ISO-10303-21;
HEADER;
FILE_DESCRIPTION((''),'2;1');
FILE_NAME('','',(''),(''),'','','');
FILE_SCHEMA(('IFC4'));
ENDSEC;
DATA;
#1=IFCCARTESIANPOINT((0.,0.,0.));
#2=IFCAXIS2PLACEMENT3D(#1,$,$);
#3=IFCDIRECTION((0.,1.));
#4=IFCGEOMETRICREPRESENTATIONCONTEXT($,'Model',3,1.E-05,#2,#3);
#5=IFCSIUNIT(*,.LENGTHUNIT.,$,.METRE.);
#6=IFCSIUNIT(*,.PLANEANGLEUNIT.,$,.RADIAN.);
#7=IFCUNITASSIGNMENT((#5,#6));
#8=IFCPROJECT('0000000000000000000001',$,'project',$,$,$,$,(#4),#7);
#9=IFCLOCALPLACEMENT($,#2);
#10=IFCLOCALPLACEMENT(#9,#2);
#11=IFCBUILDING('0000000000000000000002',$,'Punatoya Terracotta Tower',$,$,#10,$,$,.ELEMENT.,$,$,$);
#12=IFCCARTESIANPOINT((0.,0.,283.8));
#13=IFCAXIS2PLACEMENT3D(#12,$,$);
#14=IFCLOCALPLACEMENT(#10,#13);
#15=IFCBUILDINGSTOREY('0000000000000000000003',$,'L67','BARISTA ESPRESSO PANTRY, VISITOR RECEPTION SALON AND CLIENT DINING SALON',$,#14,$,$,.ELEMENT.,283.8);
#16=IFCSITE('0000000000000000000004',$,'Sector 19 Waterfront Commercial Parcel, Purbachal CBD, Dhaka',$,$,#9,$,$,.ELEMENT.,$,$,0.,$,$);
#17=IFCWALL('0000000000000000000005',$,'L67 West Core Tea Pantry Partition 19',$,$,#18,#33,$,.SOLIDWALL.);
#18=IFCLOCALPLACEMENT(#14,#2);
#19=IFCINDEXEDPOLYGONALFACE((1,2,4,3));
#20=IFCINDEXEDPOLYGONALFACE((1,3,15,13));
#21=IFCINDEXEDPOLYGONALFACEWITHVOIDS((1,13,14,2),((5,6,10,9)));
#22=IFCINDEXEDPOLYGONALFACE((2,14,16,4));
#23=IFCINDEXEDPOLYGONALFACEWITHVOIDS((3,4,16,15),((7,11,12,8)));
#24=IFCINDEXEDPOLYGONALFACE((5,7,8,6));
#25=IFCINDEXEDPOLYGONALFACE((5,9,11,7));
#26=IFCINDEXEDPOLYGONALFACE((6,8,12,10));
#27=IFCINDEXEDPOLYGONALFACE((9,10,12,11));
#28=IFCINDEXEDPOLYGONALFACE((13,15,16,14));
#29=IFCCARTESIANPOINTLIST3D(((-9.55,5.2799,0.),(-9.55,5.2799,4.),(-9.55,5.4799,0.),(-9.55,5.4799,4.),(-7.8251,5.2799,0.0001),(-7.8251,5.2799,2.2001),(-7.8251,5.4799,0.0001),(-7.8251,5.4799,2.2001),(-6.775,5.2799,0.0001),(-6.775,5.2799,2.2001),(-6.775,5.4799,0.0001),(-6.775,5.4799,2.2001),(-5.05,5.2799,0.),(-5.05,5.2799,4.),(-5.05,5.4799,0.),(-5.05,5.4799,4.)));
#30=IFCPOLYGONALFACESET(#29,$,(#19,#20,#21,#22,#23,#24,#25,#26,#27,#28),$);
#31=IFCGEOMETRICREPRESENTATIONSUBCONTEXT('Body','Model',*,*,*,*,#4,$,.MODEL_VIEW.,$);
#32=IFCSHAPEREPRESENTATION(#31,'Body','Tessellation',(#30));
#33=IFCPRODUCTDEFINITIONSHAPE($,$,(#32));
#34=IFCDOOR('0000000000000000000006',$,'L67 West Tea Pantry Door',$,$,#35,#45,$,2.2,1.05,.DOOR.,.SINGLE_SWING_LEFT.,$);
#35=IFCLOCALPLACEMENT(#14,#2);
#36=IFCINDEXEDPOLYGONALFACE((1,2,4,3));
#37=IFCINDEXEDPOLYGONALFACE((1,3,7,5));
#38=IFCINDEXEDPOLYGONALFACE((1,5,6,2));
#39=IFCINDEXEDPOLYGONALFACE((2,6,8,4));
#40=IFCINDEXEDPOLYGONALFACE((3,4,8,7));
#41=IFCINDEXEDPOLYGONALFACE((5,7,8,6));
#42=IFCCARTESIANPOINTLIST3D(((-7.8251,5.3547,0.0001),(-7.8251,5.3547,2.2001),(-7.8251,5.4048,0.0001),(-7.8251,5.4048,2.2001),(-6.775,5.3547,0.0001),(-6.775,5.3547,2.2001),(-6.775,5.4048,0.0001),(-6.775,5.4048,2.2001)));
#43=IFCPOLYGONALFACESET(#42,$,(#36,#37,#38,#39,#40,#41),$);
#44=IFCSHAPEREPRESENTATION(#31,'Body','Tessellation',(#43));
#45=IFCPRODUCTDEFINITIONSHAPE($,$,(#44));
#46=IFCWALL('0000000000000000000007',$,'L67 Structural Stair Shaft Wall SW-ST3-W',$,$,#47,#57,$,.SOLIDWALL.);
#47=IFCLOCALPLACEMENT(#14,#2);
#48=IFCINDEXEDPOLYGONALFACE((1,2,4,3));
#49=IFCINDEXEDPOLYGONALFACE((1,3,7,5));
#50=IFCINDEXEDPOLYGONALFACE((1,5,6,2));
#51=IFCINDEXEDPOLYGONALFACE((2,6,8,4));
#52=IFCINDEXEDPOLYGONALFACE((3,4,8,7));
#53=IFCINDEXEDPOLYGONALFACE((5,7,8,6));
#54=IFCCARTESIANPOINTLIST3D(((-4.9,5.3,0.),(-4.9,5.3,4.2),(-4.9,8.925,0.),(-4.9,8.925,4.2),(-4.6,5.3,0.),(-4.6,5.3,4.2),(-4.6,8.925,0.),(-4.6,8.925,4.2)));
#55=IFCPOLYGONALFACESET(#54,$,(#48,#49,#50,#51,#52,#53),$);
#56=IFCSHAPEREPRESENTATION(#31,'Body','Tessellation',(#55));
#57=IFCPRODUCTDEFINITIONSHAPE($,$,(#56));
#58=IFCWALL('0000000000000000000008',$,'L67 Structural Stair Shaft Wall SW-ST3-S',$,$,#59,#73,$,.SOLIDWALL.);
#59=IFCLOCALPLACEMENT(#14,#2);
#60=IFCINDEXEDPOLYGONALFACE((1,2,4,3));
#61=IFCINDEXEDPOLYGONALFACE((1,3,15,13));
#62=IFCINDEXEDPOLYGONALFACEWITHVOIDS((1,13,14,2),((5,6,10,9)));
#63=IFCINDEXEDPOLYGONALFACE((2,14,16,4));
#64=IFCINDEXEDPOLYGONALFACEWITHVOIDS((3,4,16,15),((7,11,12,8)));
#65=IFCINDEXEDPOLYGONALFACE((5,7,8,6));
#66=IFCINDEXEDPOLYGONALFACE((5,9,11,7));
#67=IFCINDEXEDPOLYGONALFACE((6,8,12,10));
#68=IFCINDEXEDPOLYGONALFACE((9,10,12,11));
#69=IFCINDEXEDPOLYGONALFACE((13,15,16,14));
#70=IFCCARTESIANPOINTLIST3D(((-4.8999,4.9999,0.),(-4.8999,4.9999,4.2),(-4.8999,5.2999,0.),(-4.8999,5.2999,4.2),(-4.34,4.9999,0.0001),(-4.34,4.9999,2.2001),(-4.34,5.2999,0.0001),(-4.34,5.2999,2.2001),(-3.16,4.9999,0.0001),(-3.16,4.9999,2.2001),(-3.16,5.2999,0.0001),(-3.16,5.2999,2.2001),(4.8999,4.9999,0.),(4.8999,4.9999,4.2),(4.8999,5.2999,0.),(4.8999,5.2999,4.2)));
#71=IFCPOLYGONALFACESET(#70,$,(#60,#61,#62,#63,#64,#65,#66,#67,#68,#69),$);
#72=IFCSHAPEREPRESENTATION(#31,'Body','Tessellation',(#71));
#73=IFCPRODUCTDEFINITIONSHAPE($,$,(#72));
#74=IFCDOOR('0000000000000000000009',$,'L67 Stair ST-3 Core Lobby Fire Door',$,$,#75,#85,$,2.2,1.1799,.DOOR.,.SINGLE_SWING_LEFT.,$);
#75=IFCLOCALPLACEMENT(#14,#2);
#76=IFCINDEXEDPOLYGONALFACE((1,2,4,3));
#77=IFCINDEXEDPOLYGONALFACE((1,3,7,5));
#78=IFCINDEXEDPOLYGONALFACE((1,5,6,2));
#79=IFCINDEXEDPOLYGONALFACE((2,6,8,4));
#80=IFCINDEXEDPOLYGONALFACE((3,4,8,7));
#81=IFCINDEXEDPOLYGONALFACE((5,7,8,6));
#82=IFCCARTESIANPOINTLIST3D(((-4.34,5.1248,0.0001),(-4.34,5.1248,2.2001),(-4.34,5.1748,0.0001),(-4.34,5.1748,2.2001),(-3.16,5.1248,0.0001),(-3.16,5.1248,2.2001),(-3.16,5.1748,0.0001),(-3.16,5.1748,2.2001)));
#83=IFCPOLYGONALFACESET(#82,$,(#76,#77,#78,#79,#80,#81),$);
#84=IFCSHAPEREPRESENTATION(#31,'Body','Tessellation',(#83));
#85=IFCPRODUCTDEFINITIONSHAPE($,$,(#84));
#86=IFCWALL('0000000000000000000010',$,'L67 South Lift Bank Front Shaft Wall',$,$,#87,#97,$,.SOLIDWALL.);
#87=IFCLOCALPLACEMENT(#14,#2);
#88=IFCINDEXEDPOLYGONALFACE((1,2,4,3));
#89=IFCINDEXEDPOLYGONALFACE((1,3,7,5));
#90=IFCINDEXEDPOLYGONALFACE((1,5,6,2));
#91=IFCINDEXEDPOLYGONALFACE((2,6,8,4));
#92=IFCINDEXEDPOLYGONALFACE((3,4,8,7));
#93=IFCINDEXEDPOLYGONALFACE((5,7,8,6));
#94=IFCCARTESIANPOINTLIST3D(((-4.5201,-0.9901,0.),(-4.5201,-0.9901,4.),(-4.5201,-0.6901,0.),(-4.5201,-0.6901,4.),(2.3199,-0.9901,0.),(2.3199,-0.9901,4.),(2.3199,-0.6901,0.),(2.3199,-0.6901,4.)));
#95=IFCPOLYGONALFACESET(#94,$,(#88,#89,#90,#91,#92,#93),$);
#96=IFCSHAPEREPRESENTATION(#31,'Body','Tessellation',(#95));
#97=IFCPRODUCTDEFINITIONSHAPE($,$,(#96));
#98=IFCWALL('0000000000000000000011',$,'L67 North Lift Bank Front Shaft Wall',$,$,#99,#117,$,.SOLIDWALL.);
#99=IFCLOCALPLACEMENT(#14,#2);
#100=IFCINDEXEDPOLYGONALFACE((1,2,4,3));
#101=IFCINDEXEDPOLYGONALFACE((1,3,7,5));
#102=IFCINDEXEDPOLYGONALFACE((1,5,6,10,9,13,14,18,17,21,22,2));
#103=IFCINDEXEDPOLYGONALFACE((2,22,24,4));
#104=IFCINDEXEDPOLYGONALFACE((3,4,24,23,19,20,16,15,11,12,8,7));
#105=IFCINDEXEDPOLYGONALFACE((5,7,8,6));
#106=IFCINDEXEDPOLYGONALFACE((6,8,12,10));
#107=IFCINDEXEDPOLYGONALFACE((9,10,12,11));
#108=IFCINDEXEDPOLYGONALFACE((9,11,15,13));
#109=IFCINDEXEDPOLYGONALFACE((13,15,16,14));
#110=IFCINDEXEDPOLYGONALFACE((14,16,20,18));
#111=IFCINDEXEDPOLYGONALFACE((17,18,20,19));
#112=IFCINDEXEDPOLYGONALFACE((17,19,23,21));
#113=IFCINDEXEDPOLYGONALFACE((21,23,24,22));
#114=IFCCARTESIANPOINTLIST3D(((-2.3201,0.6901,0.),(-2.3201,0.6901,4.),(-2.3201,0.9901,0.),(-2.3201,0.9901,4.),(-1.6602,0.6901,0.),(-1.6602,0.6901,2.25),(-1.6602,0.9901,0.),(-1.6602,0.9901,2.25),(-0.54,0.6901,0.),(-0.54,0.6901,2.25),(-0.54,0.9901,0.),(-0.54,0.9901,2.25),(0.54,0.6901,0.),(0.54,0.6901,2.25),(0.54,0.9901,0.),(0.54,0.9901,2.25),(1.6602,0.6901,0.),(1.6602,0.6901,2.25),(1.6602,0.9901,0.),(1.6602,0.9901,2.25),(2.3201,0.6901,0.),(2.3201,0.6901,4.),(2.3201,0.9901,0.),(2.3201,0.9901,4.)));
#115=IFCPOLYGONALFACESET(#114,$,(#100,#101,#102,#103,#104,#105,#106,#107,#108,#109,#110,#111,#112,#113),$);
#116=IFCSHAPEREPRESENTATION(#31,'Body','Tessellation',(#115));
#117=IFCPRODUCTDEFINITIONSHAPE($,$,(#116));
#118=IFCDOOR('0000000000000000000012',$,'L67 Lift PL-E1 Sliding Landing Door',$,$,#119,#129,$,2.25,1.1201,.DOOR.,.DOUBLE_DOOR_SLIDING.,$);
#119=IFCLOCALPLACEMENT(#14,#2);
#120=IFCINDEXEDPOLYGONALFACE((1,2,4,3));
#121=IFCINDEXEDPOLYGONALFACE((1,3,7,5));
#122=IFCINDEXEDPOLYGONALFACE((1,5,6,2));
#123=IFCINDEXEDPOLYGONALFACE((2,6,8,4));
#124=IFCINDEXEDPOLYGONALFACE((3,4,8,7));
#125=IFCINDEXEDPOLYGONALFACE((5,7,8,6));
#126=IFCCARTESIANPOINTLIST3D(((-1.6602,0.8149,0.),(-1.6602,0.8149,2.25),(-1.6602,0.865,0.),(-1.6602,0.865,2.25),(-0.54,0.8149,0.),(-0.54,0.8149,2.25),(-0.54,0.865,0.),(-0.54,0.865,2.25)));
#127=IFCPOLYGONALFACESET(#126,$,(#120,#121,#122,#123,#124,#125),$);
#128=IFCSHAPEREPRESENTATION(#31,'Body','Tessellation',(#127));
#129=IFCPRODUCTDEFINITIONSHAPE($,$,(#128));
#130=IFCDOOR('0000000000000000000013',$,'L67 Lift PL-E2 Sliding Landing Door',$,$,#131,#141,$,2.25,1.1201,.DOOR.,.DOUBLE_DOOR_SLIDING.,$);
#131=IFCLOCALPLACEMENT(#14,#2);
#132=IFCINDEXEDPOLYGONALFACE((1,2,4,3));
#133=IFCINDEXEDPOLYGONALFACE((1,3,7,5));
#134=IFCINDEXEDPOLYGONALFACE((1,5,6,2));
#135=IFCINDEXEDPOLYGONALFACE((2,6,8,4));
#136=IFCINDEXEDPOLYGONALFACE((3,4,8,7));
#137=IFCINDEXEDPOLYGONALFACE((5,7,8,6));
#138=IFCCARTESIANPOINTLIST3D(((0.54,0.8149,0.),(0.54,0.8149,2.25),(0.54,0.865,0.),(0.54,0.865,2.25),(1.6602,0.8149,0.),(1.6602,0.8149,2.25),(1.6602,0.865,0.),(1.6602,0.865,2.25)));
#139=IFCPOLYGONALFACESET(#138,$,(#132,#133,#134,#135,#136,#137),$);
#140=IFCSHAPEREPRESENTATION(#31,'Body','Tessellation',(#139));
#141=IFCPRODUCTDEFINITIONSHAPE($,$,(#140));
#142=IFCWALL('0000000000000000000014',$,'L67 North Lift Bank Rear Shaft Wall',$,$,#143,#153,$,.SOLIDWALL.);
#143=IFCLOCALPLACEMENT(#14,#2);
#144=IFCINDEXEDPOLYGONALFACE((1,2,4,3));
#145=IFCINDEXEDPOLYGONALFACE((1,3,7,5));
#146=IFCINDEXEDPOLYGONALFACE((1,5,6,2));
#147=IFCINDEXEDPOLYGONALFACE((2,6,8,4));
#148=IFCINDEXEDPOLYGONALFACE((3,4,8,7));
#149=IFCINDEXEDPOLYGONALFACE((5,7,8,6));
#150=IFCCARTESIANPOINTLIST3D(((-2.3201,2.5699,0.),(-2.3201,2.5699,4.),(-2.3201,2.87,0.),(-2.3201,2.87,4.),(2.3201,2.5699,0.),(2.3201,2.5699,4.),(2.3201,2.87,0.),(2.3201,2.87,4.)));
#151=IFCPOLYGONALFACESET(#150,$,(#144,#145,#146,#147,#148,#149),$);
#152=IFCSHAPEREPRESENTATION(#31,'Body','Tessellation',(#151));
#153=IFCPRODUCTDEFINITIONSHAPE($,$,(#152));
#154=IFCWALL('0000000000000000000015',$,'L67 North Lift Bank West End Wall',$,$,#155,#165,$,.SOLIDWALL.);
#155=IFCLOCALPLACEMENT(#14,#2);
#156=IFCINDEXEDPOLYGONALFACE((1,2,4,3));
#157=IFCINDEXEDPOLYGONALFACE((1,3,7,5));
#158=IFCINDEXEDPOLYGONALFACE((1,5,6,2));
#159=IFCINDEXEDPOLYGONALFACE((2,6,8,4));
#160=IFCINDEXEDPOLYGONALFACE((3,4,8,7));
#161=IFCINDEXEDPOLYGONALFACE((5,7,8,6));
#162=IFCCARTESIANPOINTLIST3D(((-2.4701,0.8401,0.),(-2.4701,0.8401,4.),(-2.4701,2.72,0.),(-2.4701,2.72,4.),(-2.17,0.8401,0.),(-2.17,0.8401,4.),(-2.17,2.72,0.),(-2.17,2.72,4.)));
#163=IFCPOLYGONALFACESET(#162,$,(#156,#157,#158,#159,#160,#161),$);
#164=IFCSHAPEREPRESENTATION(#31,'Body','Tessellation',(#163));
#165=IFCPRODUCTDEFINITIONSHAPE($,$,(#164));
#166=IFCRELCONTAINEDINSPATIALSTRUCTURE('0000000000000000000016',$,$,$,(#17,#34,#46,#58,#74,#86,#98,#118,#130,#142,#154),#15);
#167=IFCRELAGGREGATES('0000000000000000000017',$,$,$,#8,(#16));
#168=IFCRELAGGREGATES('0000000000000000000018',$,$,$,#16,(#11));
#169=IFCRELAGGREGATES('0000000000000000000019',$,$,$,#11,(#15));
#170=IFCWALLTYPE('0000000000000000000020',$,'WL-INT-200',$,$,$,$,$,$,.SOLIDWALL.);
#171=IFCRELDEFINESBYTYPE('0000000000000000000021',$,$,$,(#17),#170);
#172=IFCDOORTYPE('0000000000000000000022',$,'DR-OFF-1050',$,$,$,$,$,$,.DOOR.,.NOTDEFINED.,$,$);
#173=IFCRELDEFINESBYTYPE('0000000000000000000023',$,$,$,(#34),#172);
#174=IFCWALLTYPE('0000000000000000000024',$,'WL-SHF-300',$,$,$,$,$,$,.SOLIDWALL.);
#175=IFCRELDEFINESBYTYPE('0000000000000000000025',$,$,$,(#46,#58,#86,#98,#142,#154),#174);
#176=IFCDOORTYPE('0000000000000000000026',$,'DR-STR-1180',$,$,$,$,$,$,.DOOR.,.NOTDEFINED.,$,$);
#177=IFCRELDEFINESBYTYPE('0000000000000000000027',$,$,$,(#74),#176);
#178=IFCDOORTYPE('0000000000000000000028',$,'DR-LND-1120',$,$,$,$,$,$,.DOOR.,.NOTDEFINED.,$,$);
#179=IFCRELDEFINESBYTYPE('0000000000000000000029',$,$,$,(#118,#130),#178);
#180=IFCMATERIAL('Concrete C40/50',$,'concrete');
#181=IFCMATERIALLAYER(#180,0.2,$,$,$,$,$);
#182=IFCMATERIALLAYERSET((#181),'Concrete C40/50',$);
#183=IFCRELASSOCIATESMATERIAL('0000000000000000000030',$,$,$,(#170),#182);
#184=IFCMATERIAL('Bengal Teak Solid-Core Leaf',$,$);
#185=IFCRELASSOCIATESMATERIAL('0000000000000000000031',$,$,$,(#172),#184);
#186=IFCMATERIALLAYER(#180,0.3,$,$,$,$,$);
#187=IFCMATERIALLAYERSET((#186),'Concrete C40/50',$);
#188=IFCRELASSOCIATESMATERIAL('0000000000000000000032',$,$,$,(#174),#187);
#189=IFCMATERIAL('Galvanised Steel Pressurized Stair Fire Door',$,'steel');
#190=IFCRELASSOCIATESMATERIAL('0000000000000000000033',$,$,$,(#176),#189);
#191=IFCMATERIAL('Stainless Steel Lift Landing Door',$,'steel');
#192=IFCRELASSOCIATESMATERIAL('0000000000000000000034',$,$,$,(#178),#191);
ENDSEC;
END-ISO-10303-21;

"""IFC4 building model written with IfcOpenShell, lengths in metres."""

from ifc_helpers import new_model, si_unit, direction, frame, frame_2d, origin, place, context, subcontext, project, spatial, rectangle, extrude, material, layer, layer_set, type_object, element, fill, save


model = new_model("IFC4")

# Units and contexts
model_context = context("Model", 3, precision=1e-05, world=origin(), true_north=direction((0.0, 1.0)))
body_context = subcontext(model_context, "Body", "Model", "MODEL_VIEW")
ifc_project = project(units=[si_unit("LENGTHUNIT", "METRE"), si_unit("PLANEANGLEUNIT", "RADIAN")], contexts=[model_context])

# Site, building, storey
site_placement = place(None, origin())
site = spatial("IfcSite", under=ifc_project, at=site_placement, Name="Sector 19 Waterfront Commercial Parcel, Purbachal CBD, Dhaka", CompositionType="ELEMENT", RefElevation=0.0)
building_placement = place(site_placement, origin())
building = spatial("IfcBuilding", under=site, at=building_placement, Name="Punatoya Terracotta Tower", CompositionType="ELEMENT")
storey_placement = place(building_placement, frame((0.0, 0.0, 283.8)))
storey = spatial("IfcBuildingStorey", under=building, at=storey_placement, Name="L67", Description="BARISTA ESPRESSO PANTRY, VISITOR RECEPTION SALON AND CLIENT DINING SALON", CompositionType="ELEMENT", Elevation=283.8)

# Shared definitions
ifc_material_1 = material(Name="Concrete C40/50", Category="concrete")

# Shared definitions
ifc_layer_1 = layer(ifc_material_1, 0.2)
ifc_layer_set_1 = layer_set([ifc_layer_1], Name="Concrete C40/50")
wall_type_1 = type_object("IfcWallType", Name="WL-INT-200", PredefinedType="SOLIDWALL", material=ifc_layer_set_1)

# Wall, opening, door
wall_1_placement = place(storey_placement, frame((-9.55, 5.3799, 0.0), z_axis=(0.0, 0.0, 1.0), x_axis=(1.0, 0.0, 0.0)))
wall_1 = element("IfcWall", 1, at=wall_1_placement, inside=storey, type_object=wall_type_1, Name="L67 West Core Tea Pantry Partition 19", PredefinedType="SOLIDWALL", context=body_context, shape_type="SweptSolid", body=[
    extrude(rectangle(XDim=4.5, YDim=0.2, at=frame_2d((2.25, 0.0))), origin(), (0.0, 0.0, 1.0), 4.0),
])
opening_1_placement = place(wall_1_placement, frame((1.7251, 0.0, 0.0)))
opening_1 = element("IfcOpeningElement", 2, at=opening_1_placement, cuts=wall_1, PredefinedType="OPENING", context=body_context, shape_type="SweptSolid", body=[
    extrude(rectangle(XDim=1.05, YDim=2.2, at=frame_2d((0.5249, 1.1001))), frame((0.0, 0.1099, 0.0), z_axis=(0.0, -1.0, 0.0), x_axis=(1.0, 0.0, 0.0)), (0.0, 0.0, 1.0), 0.22),
])
ifc_material_2 = material(Name="Bengal Teak Solid-Core Leaf")
door_type_1 = type_object("IfcDoorType", Name="DR-OFF-1050", OperationType="NOTDEFINED", PredefinedType="DOOR", material=ifc_material_2)
door_1_placement = place(opening_1_placement, origin())
door_1 = element("IfcDoor", 3, at=door_1_placement, inside=storey, type_object=door_type_1, Name="L67 West Tea Pantry Door", OperationType="SINGLE_SWING_LEFT", OverallHeight=2.2, OverallWidth=1.05, PredefinedType="DOOR", context=body_context, shape_type="SweptSolid", body=[
    extrude(rectangle(XDim=1.05, YDim=2.2, at=frame_2d((0.5249, 1.1001))), frame((0.0, 0.0249, 0.0), z_axis=(0.0, -1.0, 0.0), x_axis=(1.0, 0.0, 0.0)), (0.0, 0.0, 1.0), 0.05),
])
fill(opening_1, door_1)

# Wall
ifc_layer_2 = layer(ifc_material_1, 0.3)
ifc_layer_set_2 = layer_set([ifc_layer_2], Name="Concrete C40/50")
wall_type_2 = type_object("IfcWallType", Name="WL-SHF-300", PredefinedType="SOLIDWALL", material=ifc_layer_set_2)
wall_2_placement = place(storey_placement, frame((-4.75, 5.3, 0.0), z_axis=(0.0, 0.0, 1.0), x_axis=(0.0, 1.0, 0.0)))
element("IfcWall", 4, at=wall_2_placement, inside=storey, type_object=wall_type_2, Name="L67 Structural Stair Shaft Wall SW-ST3-W", PredefinedType="SOLIDWALL", context=body_context, shape_type="SweptSolid", body=[
    extrude(rectangle(XDim=3.625, YDim=0.3, at=frame_2d((1.8125, 0.0))), origin(), (0.0, 0.0, 1.0), 4.2),
])

# Wall, opening, door
wall_3_placement = place(storey_placement, frame((-4.8999, 5.1499, 0.0), z_axis=(0.0, 0.0, 1.0), x_axis=(1.0, 0.0, 0.0)))
wall_3 = element("IfcWall", 5, at=wall_3_placement, inside=storey, type_object=wall_type_2, Name="L67 Structural Stair Shaft Wall SW-ST3-S", PredefinedType="SOLIDWALL", context=body_context, shape_type="SweptSolid", body=[
    extrude(rectangle(XDim=9.7998, YDim=0.3, at=frame_2d((4.8999, 0.0))), origin(), (0.0, 0.0, 1.0), 4.2),
])
opening_2_placement = place(wall_3_placement, frame((0.5601, 0.0, 0.0)))
opening_2 = element("IfcOpeningElement", 6, at=opening_2_placement, cuts=wall_3, PredefinedType="OPENING", context=body_context, shape_type="SweptSolid", body=[
    extrude(rectangle(XDim=1.1799, YDim=2.2, at=frame_2d((0.5898, 1.1001))), frame((0.0, 0.1599, 0.0), z_axis=(0.0, -1.0, 0.0), x_axis=(1.0, 0.0, 0.0)), (0.0, 0.0, 1.0), 0.3201),
])
ifc_material_3 = material(Name="Galvanised Steel Pressurized Stair Fire Door", Category="steel")
door_type_2 = type_object("IfcDoorType", Name="DR-STR-1180", OperationType="NOTDEFINED", PredefinedType="DOOR", material=ifc_material_3)
door_2_placement = place(opening_2_placement, origin())
door_2 = element("IfcDoor", 7, at=door_2_placement, inside=storey, type_object=door_type_2, Name="L67 Stair ST-3 Core Lobby Fire Door", OperationType="SINGLE_SWING_LEFT", OverallHeight=2.2, OverallWidth=1.1799, PredefinedType="DOOR", context=body_context, shape_type="SweptSolid", body=[
    extrude(rectangle(XDim=1.1799, YDim=2.2, at=frame_2d((0.5898, 1.1001))), frame((0.0, 0.0249, 0.0), z_axis=(0.0, -1.0, 0.0), x_axis=(1.0, 0.0, 0.0)), (0.0, 0.0, 1.0), 0.05),
])
fill(opening_2, door_2)

# Wall
wall_4_placement = place(storey_placement, frame((-4.52, -0.8401, 0.0), z_axis=(0.0, 0.0, 1.0), x_axis=(1.0, 0.0, 0.0)))
element("IfcWall", 8, at=wall_4_placement, inside=storey, type_object=wall_type_2, Name="L67 South Lift Bank Front Shaft Wall", PredefinedType="SOLIDWALL", context=body_context, shape_type="SweptSolid", body=[
    extrude(rectangle(XDim=6.8401, YDim=0.3, at=frame_2d((3.4199, 0.0))), origin(), (0.0, 0.0, 1.0), 4.0),
])

# Wall, openings, doors
wall_5_placement = place(storey_placement, frame((-2.3201, 0.8401, 0.0), z_axis=(0.0, 0.0, 1.0), x_axis=(1.0, 0.0, 0.0)))
wall_5 = element("IfcWall", 9, at=wall_5_placement, inside=storey, type_object=wall_type_2, Name="L67 North Lift Bank Front Shaft Wall", PredefinedType="SOLIDWALL", context=body_context, shape_type="SweptSolid", body=[
    extrude(rectangle(XDim=4.6401, YDim=0.3, at=frame_2d((2.3201, 0.0))), origin(), (0.0, 0.0, 1.0), 4.0),
])
opening_3_placement = place(wall_5_placement, frame((0.6599, 0.0, 0.0)))
opening_3 = element("IfcOpeningElement", 10, at=opening_3_placement, cuts=wall_5, PredefinedType="OPENING", context=body_context, shape_type="SweptSolid", body=[
    extrude(rectangle(XDim=1.1201, YDim=2.25, at=frame_2d((0.5601, 1.125))), frame((0.0, 0.1599, 0.0), z_axis=(0.0, -1.0, 0.0), x_axis=(1.0, 0.0, 0.0)), (0.0, 0.0, 1.0), 0.3201),
])
opening_4_placement = place(wall_5_placement, frame((2.8601, 0.0, 0.0)))
opening_4 = element("IfcOpeningElement", 11, at=opening_4_placement, cuts=wall_5, PredefinedType="OPENING", context=body_context, shape_type="SweptSolid", body=[
    extrude(rectangle(XDim=1.1201, YDim=2.25, at=frame_2d((0.5601, 1.125))), frame((0.0, 0.1599, 0.0), z_axis=(0.0, -1.0, 0.0), x_axis=(1.0, 0.0, 0.0)), (0.0, 0.0, 1.0), 0.3201),
])
ifc_material_4 = material(Name="Stainless Steel Lift Landing Door", Category="steel")
door_type_3 = type_object("IfcDoorType", Name="DR-LND-1120", OperationType="NOTDEFINED", PredefinedType="DOOR", material=ifc_material_4)
door_3_placement = place(opening_3_placement, origin())
door_3 = element("IfcDoor", 12, at=door_3_placement, inside=storey, type_object=door_type_3, Name="L67 Lift PL-E1 Sliding Landing Door", OperationType="DOUBLE_DOOR_SLIDING", OverallHeight=2.25, OverallWidth=1.1201, PredefinedType="DOOR", context=body_context, shape_type="SweptSolid", body=[
    extrude(rectangle(XDim=1.1201, YDim=2.25, at=frame_2d((0.5601, 1.125))), frame((0.0, 0.0249, 0.0), z_axis=(0.0, -1.0, 0.0), x_axis=(1.0, 0.0, 0.0)), (0.0, 0.0, 1.0), 0.05),
])
fill(opening_3, door_3)
door_4_placement = place(opening_4_placement, origin())
door_4 = element("IfcDoor", 13, at=door_4_placement, inside=storey, type_object=door_type_3, Name="L67 Lift PL-E2 Sliding Landing Door", OperationType="DOUBLE_DOOR_SLIDING", OverallHeight=2.25, OverallWidth=1.1201, PredefinedType="DOOR", context=body_context, shape_type="SweptSolid", body=[
    extrude(rectangle(XDim=1.1201, YDim=2.25, at=frame_2d((0.5601, 1.125))), frame((0.0, 0.0249, 0.0), z_axis=(0.0, -1.0, 0.0), x_axis=(1.0, 0.0, 0.0)), (0.0, 0.0, 1.0), 0.05),
])
fill(opening_4, door_4)

# Walls
wall_6_placement = place(storey_placement, frame((-2.3201, 2.72, 0.0), z_axis=(0.0, 0.0, 1.0), x_axis=(1.0, 0.0, 0.0)))
element("IfcWall", 14, at=wall_6_placement, inside=storey, type_object=wall_type_2, Name="L67 North Lift Bank Rear Shaft Wall", PredefinedType="SOLIDWALL", context=body_context, shape_type="SweptSolid", body=[
    extrude(rectangle(XDim=4.6401, YDim=0.3, at=frame_2d((2.3201, 0.0))), origin(), (0.0, 0.0, 1.0), 4.0),
])
wall_7_placement = place(storey_placement, frame((-2.3201, 0.8401, 0.0), z_axis=(0.0, 0.0, 1.0), x_axis=(0.0, 1.0, 0.0)))
element("IfcWall", 15, at=wall_7_placement, inside=storey, type_object=wall_type_2, Name="L67 North Lift Bank West End Wall", PredefinedType="SOLIDWALL", context=body_context, shape_type="SweptSolid", body=[
    extrude(rectangle(XDim=1.8799, YDim=0.3, at=frame_2d((0.9399, 0.0))), origin(), (0.0, 0.0, 1.0), 4.0),
])

save(model, "model.ifc")
